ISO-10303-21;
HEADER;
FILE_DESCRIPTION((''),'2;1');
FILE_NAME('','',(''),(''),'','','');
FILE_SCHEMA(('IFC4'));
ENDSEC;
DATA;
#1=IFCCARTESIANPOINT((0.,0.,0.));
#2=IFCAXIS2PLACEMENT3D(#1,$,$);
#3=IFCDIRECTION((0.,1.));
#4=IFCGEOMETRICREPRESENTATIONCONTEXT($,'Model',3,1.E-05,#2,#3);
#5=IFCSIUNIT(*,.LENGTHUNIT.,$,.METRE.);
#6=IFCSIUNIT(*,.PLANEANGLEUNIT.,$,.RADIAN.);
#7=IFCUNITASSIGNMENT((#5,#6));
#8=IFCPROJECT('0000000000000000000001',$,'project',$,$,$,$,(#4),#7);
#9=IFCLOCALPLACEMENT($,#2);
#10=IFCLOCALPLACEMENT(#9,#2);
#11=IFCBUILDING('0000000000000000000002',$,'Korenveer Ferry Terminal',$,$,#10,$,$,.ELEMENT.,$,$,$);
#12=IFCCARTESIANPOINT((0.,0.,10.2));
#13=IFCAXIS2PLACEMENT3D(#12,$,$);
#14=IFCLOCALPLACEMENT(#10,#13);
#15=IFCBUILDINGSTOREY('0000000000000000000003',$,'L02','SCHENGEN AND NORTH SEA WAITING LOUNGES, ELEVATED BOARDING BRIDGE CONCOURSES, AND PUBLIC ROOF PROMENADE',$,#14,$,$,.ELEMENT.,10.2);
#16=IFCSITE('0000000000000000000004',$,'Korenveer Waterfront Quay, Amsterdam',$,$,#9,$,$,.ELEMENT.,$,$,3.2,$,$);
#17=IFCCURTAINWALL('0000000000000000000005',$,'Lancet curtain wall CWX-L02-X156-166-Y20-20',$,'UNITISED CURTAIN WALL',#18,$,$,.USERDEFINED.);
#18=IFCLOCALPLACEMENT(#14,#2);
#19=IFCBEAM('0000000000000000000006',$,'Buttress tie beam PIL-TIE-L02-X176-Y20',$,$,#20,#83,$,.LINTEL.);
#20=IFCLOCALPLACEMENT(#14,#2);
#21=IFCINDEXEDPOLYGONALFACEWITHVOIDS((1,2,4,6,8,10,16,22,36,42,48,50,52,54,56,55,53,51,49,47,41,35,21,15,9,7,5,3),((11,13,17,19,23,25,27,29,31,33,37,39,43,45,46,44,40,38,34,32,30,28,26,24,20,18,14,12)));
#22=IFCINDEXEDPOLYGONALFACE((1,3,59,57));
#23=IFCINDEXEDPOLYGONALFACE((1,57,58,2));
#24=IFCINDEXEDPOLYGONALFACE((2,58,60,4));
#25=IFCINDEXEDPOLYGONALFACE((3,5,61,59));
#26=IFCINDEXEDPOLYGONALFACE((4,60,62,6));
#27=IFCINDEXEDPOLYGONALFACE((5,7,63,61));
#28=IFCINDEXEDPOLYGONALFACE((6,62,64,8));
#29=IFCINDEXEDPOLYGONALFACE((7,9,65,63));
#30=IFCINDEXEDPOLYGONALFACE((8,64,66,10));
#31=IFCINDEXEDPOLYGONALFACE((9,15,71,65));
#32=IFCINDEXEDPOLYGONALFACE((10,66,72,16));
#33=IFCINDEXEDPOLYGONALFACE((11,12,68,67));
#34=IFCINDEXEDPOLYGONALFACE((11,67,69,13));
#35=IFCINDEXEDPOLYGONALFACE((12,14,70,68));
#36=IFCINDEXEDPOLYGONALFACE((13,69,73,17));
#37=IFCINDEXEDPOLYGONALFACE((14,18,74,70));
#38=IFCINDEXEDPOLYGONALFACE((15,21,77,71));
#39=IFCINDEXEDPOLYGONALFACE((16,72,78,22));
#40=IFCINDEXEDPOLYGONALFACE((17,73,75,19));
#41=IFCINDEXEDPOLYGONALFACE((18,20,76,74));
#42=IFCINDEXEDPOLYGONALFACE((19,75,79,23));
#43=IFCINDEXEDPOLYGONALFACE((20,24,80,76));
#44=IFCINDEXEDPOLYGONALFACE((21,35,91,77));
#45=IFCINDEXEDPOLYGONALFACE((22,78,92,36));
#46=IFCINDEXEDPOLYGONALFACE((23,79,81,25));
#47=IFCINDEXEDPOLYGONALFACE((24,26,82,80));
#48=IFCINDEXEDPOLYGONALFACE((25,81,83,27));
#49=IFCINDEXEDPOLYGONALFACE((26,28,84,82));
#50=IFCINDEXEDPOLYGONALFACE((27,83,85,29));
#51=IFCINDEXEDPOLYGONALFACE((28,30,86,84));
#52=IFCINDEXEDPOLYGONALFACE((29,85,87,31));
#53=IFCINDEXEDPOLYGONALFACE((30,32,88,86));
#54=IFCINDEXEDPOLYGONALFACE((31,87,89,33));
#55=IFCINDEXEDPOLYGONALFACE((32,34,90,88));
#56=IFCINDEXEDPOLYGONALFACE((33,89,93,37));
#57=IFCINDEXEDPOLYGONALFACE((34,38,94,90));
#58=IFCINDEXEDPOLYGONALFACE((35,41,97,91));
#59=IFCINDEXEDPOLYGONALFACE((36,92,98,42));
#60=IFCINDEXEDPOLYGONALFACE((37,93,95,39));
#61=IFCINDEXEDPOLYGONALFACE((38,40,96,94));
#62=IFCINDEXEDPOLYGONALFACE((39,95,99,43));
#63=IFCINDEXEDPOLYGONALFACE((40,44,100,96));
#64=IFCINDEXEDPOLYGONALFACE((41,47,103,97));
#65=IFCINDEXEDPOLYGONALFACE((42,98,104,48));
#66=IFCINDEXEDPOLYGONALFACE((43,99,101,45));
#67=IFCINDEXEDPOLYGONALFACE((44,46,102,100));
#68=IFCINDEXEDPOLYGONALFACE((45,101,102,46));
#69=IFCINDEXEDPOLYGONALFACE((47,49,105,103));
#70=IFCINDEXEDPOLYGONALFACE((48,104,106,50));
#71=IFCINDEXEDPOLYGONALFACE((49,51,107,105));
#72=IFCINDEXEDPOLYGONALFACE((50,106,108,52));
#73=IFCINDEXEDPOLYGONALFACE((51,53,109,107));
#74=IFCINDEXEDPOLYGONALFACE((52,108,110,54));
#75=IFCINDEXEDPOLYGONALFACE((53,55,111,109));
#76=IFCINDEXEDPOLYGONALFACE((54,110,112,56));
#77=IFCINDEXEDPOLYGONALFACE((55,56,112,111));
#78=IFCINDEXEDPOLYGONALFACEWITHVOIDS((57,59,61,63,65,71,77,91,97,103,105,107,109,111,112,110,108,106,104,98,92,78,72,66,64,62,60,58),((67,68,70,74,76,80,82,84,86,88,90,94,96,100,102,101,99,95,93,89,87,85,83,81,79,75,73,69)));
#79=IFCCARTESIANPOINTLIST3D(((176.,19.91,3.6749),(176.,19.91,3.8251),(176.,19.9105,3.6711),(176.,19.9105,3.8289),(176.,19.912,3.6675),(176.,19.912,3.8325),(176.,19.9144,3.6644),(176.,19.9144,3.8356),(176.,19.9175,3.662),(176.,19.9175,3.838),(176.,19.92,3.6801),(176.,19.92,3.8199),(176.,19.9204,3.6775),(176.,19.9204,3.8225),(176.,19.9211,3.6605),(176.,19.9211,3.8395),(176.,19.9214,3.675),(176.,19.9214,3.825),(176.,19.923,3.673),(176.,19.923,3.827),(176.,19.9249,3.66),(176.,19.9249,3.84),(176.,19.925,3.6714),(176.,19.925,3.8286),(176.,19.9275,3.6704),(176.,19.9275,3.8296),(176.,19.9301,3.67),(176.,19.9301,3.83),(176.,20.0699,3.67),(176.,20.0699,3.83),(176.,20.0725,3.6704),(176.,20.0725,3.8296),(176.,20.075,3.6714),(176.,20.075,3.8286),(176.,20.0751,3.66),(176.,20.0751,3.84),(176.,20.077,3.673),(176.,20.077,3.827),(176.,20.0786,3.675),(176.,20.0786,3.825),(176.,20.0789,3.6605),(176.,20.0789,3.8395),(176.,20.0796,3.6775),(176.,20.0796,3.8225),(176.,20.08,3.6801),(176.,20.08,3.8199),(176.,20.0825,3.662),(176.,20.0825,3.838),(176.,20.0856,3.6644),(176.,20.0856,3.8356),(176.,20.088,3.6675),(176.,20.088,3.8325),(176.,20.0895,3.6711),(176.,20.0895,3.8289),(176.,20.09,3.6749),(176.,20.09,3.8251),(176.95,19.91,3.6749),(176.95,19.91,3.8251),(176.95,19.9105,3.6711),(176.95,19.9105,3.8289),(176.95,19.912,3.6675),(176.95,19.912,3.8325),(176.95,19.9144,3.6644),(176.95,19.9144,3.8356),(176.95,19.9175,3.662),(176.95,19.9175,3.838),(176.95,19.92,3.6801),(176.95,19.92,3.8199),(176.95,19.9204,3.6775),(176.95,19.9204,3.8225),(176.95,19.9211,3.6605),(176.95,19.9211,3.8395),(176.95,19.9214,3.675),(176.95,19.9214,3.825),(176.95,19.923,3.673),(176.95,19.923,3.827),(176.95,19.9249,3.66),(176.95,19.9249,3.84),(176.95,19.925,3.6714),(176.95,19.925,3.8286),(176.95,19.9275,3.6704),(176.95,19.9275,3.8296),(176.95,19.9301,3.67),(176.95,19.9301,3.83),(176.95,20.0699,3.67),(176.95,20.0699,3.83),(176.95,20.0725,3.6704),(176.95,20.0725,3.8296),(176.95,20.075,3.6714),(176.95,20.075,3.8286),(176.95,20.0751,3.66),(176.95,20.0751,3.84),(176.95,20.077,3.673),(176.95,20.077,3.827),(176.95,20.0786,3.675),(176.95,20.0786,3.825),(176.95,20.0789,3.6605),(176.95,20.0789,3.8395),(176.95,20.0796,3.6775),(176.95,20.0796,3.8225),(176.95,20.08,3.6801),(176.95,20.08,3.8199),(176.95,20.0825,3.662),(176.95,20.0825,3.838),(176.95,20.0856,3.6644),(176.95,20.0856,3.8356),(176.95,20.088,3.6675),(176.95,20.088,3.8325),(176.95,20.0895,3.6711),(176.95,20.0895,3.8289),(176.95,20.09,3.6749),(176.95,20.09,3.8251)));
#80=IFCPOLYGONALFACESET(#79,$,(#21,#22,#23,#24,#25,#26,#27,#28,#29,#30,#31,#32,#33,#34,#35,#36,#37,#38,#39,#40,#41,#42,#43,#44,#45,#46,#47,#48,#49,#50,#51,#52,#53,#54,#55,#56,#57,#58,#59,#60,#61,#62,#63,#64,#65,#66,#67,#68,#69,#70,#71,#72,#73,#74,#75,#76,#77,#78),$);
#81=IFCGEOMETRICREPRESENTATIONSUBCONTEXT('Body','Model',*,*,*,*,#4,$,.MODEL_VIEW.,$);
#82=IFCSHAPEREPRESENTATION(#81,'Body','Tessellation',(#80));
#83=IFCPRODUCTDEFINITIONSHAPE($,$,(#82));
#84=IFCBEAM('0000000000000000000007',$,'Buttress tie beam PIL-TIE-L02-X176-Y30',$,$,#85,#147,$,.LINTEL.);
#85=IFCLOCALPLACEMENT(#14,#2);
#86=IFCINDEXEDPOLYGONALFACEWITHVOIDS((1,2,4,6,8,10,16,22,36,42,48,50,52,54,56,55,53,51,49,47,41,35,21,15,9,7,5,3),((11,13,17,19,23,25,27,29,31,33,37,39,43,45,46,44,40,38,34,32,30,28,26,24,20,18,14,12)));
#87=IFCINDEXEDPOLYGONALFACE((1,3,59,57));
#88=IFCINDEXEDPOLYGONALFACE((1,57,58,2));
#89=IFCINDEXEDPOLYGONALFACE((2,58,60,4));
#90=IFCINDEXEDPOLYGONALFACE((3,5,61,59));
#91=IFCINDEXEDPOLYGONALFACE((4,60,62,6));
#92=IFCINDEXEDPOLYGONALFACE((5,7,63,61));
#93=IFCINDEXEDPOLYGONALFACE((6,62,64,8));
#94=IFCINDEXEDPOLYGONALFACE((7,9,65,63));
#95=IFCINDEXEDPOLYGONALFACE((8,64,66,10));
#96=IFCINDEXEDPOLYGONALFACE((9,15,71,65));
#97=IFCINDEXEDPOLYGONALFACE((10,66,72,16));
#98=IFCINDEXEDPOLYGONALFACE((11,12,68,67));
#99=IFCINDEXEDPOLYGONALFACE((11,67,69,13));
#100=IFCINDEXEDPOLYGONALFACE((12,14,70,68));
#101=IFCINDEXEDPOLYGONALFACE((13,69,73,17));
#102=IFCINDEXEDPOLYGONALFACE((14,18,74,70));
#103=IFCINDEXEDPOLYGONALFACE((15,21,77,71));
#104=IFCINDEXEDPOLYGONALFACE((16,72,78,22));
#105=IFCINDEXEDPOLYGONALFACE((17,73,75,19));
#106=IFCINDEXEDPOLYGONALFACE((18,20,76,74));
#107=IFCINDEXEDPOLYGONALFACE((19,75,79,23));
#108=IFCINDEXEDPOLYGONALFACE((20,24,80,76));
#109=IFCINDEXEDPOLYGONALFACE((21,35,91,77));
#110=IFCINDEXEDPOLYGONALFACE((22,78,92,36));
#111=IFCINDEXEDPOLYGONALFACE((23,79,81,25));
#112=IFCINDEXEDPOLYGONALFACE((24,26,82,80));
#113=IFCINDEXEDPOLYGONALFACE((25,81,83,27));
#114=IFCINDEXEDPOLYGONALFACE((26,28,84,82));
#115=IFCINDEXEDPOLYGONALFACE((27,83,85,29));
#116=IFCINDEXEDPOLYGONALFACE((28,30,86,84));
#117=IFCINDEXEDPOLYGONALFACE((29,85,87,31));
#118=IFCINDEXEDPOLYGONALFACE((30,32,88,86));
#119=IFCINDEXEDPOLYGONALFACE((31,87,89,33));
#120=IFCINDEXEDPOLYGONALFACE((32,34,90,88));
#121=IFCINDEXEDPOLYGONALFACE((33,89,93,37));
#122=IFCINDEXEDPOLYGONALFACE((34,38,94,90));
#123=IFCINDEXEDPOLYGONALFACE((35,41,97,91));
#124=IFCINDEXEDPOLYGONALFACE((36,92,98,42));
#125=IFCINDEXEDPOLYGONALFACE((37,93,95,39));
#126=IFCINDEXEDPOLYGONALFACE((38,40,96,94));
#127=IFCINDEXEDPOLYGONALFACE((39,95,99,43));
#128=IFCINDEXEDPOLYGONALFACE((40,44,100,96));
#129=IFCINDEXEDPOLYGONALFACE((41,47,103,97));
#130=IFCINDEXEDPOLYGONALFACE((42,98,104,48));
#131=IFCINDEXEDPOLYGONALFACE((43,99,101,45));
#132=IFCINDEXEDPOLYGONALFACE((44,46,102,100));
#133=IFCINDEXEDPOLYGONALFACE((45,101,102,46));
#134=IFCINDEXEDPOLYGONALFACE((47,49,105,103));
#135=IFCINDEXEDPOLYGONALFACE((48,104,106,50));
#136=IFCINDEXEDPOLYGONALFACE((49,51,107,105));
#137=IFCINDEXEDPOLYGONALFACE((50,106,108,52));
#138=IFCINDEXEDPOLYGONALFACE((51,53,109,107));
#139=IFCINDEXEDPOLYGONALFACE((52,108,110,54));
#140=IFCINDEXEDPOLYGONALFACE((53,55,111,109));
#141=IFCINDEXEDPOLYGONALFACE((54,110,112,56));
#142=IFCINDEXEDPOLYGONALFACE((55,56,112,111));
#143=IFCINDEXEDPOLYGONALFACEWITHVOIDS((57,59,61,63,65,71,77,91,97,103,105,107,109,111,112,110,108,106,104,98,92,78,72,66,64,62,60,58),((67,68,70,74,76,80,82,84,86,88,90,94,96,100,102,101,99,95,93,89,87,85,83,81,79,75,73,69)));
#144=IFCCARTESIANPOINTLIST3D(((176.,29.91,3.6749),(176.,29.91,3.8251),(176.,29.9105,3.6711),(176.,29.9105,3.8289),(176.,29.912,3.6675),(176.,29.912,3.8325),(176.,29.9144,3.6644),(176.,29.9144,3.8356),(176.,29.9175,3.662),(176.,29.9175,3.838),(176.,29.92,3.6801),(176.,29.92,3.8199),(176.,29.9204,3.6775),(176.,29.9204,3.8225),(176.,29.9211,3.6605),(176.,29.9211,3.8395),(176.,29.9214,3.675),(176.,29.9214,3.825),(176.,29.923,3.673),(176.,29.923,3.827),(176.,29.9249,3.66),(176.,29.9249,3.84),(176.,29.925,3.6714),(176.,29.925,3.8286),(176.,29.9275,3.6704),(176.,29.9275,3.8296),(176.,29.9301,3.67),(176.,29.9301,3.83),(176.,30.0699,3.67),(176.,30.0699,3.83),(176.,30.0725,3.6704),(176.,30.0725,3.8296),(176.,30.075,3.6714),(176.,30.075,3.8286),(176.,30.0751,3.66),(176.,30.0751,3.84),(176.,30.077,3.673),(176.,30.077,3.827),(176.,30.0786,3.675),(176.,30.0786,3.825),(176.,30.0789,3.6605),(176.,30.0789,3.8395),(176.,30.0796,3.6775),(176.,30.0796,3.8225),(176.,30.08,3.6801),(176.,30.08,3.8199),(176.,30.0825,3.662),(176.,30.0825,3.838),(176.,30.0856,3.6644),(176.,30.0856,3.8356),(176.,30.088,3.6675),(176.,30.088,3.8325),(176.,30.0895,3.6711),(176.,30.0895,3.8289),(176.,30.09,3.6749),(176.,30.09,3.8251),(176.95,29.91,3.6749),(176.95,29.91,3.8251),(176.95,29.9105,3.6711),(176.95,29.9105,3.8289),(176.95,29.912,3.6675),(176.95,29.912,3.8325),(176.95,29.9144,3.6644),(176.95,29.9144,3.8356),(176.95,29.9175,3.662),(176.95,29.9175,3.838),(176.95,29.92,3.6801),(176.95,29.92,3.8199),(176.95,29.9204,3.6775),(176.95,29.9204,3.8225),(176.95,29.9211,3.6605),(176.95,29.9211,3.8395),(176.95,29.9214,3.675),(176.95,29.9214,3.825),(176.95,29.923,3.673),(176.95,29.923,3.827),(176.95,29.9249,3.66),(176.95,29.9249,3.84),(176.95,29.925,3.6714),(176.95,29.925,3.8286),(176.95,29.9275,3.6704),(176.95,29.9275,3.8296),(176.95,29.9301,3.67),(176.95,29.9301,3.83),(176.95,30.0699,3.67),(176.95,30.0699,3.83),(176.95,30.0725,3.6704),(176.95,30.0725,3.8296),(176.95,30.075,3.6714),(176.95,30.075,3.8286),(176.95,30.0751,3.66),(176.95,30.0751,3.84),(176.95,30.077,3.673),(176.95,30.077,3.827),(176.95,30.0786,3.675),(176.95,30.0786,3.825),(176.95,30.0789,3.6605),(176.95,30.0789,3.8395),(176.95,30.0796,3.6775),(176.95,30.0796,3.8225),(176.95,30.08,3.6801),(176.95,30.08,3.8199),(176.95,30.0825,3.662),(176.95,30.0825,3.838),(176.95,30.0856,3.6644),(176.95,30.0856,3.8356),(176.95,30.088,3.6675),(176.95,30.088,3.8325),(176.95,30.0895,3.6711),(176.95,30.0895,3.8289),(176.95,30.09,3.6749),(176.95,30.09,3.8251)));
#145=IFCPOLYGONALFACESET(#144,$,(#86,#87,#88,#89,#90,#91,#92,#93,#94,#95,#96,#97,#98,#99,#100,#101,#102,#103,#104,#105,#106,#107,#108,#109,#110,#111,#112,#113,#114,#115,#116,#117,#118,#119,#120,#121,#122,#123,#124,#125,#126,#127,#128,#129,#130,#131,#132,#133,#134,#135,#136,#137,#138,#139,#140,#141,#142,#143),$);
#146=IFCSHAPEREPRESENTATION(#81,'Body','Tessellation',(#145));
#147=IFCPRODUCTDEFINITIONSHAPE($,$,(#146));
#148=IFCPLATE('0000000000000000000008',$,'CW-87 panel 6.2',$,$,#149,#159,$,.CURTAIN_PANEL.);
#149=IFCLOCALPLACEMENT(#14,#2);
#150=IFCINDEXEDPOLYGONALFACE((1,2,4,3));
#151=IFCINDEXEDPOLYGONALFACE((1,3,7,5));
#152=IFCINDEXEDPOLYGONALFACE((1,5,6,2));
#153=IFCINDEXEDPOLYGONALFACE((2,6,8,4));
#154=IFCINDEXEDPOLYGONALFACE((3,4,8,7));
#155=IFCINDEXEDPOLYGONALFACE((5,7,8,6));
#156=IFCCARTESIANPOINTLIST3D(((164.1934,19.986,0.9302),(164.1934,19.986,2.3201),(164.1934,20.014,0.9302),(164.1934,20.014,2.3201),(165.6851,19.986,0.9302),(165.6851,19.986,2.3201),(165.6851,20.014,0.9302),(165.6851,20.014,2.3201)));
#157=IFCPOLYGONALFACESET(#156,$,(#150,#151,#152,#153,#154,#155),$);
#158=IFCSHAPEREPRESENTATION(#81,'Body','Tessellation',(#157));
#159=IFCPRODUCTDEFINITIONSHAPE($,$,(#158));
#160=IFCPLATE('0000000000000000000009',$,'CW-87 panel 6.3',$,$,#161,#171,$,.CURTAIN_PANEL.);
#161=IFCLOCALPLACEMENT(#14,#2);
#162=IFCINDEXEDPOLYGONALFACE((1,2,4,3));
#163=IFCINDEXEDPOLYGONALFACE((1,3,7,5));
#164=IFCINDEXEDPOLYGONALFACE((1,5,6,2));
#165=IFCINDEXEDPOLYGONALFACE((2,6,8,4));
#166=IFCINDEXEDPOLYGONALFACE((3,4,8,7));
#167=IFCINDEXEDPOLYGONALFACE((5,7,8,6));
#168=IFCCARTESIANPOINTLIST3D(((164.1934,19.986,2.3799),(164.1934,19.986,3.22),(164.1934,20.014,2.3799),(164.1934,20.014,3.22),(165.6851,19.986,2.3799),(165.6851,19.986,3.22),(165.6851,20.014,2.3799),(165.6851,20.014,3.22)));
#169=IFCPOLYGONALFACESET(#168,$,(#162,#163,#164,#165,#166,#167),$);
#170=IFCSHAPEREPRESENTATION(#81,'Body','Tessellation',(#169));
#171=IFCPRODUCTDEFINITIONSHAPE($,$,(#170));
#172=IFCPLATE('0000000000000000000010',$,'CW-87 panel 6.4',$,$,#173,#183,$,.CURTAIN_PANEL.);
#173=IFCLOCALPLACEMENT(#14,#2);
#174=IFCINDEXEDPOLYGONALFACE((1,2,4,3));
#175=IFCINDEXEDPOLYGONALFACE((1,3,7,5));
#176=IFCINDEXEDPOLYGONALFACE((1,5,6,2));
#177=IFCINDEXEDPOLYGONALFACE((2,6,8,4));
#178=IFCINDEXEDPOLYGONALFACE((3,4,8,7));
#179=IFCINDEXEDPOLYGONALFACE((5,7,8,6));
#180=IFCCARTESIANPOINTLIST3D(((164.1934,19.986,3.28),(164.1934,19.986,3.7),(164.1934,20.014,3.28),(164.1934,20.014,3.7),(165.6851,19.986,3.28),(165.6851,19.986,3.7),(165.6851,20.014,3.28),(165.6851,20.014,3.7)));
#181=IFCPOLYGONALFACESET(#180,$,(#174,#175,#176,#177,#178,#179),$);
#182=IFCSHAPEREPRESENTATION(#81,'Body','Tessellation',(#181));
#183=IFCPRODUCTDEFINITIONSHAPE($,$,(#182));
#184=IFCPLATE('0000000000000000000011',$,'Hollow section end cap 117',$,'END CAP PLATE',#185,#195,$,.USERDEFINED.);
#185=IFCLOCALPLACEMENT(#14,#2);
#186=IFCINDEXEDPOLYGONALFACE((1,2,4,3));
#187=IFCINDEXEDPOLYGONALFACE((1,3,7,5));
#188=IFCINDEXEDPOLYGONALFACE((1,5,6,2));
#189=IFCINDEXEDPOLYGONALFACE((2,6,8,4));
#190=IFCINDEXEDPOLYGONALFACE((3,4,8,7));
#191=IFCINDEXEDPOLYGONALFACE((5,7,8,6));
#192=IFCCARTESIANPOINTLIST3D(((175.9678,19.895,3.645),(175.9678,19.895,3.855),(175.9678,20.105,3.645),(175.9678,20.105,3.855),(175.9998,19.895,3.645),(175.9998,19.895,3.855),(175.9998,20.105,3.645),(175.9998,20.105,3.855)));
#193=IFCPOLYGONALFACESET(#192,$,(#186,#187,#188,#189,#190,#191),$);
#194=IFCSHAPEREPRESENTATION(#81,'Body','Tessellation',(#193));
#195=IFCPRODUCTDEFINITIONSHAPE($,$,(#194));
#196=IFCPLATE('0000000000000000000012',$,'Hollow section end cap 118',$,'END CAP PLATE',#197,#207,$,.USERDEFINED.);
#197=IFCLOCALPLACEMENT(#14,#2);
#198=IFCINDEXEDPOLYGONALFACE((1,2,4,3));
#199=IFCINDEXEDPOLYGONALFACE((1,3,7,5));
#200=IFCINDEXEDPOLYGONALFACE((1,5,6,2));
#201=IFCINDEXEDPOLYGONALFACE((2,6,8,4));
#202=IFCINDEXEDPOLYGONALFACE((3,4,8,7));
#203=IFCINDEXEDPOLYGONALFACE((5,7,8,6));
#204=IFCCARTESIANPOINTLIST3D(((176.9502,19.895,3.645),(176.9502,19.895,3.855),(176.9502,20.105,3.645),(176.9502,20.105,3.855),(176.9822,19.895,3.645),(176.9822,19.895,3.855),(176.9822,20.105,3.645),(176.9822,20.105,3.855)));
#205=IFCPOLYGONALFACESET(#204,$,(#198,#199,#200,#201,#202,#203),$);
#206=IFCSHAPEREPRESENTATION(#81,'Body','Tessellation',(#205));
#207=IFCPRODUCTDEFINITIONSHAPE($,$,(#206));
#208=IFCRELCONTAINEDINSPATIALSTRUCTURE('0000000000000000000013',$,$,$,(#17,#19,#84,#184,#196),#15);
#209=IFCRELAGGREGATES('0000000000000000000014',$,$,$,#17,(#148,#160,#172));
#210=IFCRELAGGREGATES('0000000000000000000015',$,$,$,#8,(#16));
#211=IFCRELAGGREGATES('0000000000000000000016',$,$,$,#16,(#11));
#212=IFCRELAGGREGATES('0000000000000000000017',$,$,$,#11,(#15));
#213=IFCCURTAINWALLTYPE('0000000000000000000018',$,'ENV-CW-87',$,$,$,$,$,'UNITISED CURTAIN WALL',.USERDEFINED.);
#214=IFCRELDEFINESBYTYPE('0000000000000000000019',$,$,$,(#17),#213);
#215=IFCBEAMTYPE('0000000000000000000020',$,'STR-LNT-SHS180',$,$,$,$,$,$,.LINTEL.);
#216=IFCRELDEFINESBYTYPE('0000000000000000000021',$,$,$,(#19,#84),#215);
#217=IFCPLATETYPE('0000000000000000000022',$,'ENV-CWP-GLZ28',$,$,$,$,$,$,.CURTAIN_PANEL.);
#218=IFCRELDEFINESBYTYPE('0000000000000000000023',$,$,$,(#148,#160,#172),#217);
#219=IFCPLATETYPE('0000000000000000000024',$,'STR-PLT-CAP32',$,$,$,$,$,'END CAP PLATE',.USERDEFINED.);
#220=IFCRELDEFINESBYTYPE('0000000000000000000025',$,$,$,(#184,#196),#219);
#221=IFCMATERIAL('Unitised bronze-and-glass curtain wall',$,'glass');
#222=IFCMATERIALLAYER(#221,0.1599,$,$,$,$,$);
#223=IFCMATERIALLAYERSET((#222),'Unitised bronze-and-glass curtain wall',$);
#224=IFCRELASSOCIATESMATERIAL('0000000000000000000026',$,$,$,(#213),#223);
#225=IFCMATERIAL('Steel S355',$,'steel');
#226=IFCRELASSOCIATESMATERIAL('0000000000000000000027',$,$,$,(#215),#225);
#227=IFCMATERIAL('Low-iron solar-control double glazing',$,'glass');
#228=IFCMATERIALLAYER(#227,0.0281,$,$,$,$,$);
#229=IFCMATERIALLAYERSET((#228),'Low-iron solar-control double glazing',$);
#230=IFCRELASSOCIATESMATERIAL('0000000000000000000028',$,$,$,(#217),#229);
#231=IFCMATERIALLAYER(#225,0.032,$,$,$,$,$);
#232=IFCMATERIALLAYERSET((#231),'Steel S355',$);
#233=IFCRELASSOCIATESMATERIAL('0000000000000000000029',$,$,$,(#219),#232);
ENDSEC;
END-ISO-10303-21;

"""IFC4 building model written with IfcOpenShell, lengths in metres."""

from ifc_helpers import new_model, si_unit, direction, frame, origin, origin_2d, place, context, subcontext, project, spatial, rectangle, hollow_rectangle, extrude, material, layer, layer_set, material_profile, profile_set, type_object, element, aggregate, save


model = new_model("IFC4")

# Units and contexts
model_context = context("Model", 3, precision=1e-05, world=origin(), true_north=direction((0.0, 1.0)))
body_context = subcontext(model_context, "Body", "Model", "MODEL_VIEW")
ifc_project = project(units=[si_unit("LENGTHUNIT", "METRE"), si_unit("PLANEANGLEUNIT", "RADIAN")], contexts=[model_context])

# Site, building, storey
site_placement = place(None, origin())
site = spatial("IfcSite", under=ifc_project, at=site_placement, Name="Korenveer Waterfront Quay, Amsterdam", CompositionType="ELEMENT", RefElevation=3.2)
building_placement = place(site_placement, origin())
building = spatial("IfcBuilding", under=site, at=building_placement, Name="Korenveer Ferry Terminal", CompositionType="ELEMENT")
storey_placement = place(building_placement, frame((0.0, 0.0, 10.2)))
storey = spatial("IfcBuildingStorey", under=building, at=storey_placement, Name="L02", Description="SCHENGEN AND NORTH SEA WAITING LOUNGES, ELEVATED BOARDING BRIDGE CONCOURSES, AND PUBLIC ROOF PROMENADE", CompositionType="ELEMENT", Elevation=10.2)

# Shared definitions
ifc_material_1 = material(Name="Steel S355", Category="steel")

# Curtain wall
ifc_material_2 = material(Name="Unitised bronze-and-glass curtain wall", Category="glass")
ifc_layer_1 = layer(ifc_material_2, 0.1599)
ifc_layer_set_1 = layer_set([ifc_layer_1], Name="Unitised bronze-and-glass curtain wall")
curtain_wall_type = type_object("IfcCurtainWallType", Name="ENV-CW-87", ElementType="UNITISED CURTAIN WALL", PredefinedType="USERDEFINED", material=ifc_layer_set_1)
curtain_wall_placement = place(storey_placement, frame((156.2549, 20.0, 0.0)))
curtain_wall = element("IfcCurtainWall", 1, at=curtain_wall_placement, inside=storey, type_object=curtain_wall_type, Name="Lancet curtain wall CWX-L02-X156-166-Y20-20", ObjectType="UNITISED CURTAIN WALL", PredefinedType="USERDEFINED")

# Beams
ifc_material_profile_1 = material_profile(ifc_material_1, hollow_rectangle(XDim=0.1799, YDim=0.1799, WallThickness=0.01, InnerFilletRadius=0.01, OuterFilletRadius=0.0149, at=origin_2d()), Name="SHS 180x180x10")
ifc_profile_set_1 = profile_set([ifc_material_profile_1], Name="Steel S355")
beam_type = type_object("IfcBeamType", Name="STR-LNT-SHS180", PredefinedType="LINTEL", material=ifc_profile_set_1)
for number, where, z_axis, x_axis, name in (
    (2, (176.0, 20.0, 3.75), (1.0, 0.0, 0.0), (0.0, 1.0, 0.0), "Buttress tie beam PIL-TIE-L02-X176-Y20"),
    (3, (176.0, 30.0, 3.75), (1.0, 0.0, 0.0), (0.0, 1.0, 0.0), "Buttress tie beam PIL-TIE-L02-X176-Y30"),
):
    element("IfcBeam", number, at=place(storey_placement, frame(where, z_axis=z_axis, x_axis=x_axis)), inside=storey, type_object=beam_type, Name=name, PredefinedType="LINTEL", context=body_context, shape_type="SweptSolid", body=[
        extrude(hollow_rectangle(XDim=0.1799, YDim=0.1799, WallThickness=0.01, InnerFilletRadius=0.01, OuterFilletRadius=0.0149, at=origin_2d()), origin(), (0.0, 0.0, 1.0), 0.95),
    ])

# Plates
ifc_material_3 = material(Name="Low-iron solar-control double glazing", Category="glass")
ifc_layer_2 = layer(ifc_material_3, 0.0281)
ifc_layer_set_2 = layer_set([ifc_layer_2], Name="Low-iron solar-control double glazing")
plate_type_1 = type_object("IfcPlateType", Name="ENV-CWP-GLZ28", PredefinedType="CURTAIN_PANEL", material=ifc_layer_set_2)
plate_1_placement = place(storey_placement, frame((164.9392, 20.0, 0.9302), z_axis=(0.0, 0.0, 1.0), x_axis=(1.0, 0.0, 0.0)))
plate_1 = element("IfcPlate", 4, at=plate_1_placement, type_object=plate_type_1, Name="CW-87 panel 6.2", PredefinedType="CURTAIN_PANEL", context=body_context, shape_type="SweptSolid", body=[
    extrude(rectangle(XDim=1.4917, YDim=0.0281, at=origin_2d()), origin(), (0.0, 0.0, 1.0), 1.3899),
])
plate_2_placement = place(storey_placement, frame((164.9392, 20.0, 2.3799), z_axis=(0.0, 0.0, 1.0), x_axis=(1.0, 0.0, 0.0)))
plate_2 = element("IfcPlate", 5, at=plate_2_placement, type_object=plate_type_1, Name="CW-87 panel 6.3", PredefinedType="CURTAIN_PANEL", context=body_context, shape_type="SweptSolid", body=[
    extrude(rectangle(XDim=1.4917, YDim=0.0281, at=origin_2d()), origin(), (0.0, 0.0, 1.0), 0.8401),
])
plate_3_placement = place(storey_placement, frame((164.9392, 20.0, 3.28), z_axis=(0.0, 0.0, 1.0), x_axis=(1.0, 0.0, 0.0)))
plate_3 = element("IfcPlate", 6, at=plate_3_placement, type_object=plate_type_1, Name="CW-87 panel 6.4", PredefinedType="CURTAIN_PANEL", context=body_context, shape_type="SweptSolid", body=[
    extrude(rectangle(XDim=1.4917, YDim=0.0281, at=origin_2d()), origin(), (0.0, 0.0, 1.0), 0.4199),
])
aggregate(curtain_wall, [plate_1, plate_2, plate_3])

# Plates
ifc_layer_3 = layer(ifc_material_1, 0.032)
ifc_layer_set_3 = layer_set([ifc_layer_3], Name="Steel S355")
plate_type_2 = type_object("IfcPlateType", Name="STR-PLT-CAP32", ElementType="END CAP PLATE", PredefinedType="USERDEFINED", material=ifc_layer_set_3)
for number, where, z_axis, x_axis, name in (
    (7, (175.9678, 20.0, 3.75), (1.0, 0.0, 0.0), (0.0, 1.0, 0.0), "Hollow section end cap 117"),
    (8, (176.9502, 20.0, 3.75), (1.0, 0.0, 0.0), (0.0, 1.0, 0.0), "Hollow section end cap 118"),
):
    element("IfcPlate", number, at=place(storey_placement, frame(where, z_axis=z_axis, x_axis=x_axis)), inside=storey, type_object=plate_type_2, Name=name, ObjectType="END CAP PLATE", PredefinedType="USERDEFINED", context=body_context, shape_type="SweptSolid", body=[
        extrude(rectangle(XDim=0.21, YDim=0.21, at=origin_2d()), origin(), (0.0, 0.0, 1.0), 0.032),
    ])

save(model, "model.ifc")
